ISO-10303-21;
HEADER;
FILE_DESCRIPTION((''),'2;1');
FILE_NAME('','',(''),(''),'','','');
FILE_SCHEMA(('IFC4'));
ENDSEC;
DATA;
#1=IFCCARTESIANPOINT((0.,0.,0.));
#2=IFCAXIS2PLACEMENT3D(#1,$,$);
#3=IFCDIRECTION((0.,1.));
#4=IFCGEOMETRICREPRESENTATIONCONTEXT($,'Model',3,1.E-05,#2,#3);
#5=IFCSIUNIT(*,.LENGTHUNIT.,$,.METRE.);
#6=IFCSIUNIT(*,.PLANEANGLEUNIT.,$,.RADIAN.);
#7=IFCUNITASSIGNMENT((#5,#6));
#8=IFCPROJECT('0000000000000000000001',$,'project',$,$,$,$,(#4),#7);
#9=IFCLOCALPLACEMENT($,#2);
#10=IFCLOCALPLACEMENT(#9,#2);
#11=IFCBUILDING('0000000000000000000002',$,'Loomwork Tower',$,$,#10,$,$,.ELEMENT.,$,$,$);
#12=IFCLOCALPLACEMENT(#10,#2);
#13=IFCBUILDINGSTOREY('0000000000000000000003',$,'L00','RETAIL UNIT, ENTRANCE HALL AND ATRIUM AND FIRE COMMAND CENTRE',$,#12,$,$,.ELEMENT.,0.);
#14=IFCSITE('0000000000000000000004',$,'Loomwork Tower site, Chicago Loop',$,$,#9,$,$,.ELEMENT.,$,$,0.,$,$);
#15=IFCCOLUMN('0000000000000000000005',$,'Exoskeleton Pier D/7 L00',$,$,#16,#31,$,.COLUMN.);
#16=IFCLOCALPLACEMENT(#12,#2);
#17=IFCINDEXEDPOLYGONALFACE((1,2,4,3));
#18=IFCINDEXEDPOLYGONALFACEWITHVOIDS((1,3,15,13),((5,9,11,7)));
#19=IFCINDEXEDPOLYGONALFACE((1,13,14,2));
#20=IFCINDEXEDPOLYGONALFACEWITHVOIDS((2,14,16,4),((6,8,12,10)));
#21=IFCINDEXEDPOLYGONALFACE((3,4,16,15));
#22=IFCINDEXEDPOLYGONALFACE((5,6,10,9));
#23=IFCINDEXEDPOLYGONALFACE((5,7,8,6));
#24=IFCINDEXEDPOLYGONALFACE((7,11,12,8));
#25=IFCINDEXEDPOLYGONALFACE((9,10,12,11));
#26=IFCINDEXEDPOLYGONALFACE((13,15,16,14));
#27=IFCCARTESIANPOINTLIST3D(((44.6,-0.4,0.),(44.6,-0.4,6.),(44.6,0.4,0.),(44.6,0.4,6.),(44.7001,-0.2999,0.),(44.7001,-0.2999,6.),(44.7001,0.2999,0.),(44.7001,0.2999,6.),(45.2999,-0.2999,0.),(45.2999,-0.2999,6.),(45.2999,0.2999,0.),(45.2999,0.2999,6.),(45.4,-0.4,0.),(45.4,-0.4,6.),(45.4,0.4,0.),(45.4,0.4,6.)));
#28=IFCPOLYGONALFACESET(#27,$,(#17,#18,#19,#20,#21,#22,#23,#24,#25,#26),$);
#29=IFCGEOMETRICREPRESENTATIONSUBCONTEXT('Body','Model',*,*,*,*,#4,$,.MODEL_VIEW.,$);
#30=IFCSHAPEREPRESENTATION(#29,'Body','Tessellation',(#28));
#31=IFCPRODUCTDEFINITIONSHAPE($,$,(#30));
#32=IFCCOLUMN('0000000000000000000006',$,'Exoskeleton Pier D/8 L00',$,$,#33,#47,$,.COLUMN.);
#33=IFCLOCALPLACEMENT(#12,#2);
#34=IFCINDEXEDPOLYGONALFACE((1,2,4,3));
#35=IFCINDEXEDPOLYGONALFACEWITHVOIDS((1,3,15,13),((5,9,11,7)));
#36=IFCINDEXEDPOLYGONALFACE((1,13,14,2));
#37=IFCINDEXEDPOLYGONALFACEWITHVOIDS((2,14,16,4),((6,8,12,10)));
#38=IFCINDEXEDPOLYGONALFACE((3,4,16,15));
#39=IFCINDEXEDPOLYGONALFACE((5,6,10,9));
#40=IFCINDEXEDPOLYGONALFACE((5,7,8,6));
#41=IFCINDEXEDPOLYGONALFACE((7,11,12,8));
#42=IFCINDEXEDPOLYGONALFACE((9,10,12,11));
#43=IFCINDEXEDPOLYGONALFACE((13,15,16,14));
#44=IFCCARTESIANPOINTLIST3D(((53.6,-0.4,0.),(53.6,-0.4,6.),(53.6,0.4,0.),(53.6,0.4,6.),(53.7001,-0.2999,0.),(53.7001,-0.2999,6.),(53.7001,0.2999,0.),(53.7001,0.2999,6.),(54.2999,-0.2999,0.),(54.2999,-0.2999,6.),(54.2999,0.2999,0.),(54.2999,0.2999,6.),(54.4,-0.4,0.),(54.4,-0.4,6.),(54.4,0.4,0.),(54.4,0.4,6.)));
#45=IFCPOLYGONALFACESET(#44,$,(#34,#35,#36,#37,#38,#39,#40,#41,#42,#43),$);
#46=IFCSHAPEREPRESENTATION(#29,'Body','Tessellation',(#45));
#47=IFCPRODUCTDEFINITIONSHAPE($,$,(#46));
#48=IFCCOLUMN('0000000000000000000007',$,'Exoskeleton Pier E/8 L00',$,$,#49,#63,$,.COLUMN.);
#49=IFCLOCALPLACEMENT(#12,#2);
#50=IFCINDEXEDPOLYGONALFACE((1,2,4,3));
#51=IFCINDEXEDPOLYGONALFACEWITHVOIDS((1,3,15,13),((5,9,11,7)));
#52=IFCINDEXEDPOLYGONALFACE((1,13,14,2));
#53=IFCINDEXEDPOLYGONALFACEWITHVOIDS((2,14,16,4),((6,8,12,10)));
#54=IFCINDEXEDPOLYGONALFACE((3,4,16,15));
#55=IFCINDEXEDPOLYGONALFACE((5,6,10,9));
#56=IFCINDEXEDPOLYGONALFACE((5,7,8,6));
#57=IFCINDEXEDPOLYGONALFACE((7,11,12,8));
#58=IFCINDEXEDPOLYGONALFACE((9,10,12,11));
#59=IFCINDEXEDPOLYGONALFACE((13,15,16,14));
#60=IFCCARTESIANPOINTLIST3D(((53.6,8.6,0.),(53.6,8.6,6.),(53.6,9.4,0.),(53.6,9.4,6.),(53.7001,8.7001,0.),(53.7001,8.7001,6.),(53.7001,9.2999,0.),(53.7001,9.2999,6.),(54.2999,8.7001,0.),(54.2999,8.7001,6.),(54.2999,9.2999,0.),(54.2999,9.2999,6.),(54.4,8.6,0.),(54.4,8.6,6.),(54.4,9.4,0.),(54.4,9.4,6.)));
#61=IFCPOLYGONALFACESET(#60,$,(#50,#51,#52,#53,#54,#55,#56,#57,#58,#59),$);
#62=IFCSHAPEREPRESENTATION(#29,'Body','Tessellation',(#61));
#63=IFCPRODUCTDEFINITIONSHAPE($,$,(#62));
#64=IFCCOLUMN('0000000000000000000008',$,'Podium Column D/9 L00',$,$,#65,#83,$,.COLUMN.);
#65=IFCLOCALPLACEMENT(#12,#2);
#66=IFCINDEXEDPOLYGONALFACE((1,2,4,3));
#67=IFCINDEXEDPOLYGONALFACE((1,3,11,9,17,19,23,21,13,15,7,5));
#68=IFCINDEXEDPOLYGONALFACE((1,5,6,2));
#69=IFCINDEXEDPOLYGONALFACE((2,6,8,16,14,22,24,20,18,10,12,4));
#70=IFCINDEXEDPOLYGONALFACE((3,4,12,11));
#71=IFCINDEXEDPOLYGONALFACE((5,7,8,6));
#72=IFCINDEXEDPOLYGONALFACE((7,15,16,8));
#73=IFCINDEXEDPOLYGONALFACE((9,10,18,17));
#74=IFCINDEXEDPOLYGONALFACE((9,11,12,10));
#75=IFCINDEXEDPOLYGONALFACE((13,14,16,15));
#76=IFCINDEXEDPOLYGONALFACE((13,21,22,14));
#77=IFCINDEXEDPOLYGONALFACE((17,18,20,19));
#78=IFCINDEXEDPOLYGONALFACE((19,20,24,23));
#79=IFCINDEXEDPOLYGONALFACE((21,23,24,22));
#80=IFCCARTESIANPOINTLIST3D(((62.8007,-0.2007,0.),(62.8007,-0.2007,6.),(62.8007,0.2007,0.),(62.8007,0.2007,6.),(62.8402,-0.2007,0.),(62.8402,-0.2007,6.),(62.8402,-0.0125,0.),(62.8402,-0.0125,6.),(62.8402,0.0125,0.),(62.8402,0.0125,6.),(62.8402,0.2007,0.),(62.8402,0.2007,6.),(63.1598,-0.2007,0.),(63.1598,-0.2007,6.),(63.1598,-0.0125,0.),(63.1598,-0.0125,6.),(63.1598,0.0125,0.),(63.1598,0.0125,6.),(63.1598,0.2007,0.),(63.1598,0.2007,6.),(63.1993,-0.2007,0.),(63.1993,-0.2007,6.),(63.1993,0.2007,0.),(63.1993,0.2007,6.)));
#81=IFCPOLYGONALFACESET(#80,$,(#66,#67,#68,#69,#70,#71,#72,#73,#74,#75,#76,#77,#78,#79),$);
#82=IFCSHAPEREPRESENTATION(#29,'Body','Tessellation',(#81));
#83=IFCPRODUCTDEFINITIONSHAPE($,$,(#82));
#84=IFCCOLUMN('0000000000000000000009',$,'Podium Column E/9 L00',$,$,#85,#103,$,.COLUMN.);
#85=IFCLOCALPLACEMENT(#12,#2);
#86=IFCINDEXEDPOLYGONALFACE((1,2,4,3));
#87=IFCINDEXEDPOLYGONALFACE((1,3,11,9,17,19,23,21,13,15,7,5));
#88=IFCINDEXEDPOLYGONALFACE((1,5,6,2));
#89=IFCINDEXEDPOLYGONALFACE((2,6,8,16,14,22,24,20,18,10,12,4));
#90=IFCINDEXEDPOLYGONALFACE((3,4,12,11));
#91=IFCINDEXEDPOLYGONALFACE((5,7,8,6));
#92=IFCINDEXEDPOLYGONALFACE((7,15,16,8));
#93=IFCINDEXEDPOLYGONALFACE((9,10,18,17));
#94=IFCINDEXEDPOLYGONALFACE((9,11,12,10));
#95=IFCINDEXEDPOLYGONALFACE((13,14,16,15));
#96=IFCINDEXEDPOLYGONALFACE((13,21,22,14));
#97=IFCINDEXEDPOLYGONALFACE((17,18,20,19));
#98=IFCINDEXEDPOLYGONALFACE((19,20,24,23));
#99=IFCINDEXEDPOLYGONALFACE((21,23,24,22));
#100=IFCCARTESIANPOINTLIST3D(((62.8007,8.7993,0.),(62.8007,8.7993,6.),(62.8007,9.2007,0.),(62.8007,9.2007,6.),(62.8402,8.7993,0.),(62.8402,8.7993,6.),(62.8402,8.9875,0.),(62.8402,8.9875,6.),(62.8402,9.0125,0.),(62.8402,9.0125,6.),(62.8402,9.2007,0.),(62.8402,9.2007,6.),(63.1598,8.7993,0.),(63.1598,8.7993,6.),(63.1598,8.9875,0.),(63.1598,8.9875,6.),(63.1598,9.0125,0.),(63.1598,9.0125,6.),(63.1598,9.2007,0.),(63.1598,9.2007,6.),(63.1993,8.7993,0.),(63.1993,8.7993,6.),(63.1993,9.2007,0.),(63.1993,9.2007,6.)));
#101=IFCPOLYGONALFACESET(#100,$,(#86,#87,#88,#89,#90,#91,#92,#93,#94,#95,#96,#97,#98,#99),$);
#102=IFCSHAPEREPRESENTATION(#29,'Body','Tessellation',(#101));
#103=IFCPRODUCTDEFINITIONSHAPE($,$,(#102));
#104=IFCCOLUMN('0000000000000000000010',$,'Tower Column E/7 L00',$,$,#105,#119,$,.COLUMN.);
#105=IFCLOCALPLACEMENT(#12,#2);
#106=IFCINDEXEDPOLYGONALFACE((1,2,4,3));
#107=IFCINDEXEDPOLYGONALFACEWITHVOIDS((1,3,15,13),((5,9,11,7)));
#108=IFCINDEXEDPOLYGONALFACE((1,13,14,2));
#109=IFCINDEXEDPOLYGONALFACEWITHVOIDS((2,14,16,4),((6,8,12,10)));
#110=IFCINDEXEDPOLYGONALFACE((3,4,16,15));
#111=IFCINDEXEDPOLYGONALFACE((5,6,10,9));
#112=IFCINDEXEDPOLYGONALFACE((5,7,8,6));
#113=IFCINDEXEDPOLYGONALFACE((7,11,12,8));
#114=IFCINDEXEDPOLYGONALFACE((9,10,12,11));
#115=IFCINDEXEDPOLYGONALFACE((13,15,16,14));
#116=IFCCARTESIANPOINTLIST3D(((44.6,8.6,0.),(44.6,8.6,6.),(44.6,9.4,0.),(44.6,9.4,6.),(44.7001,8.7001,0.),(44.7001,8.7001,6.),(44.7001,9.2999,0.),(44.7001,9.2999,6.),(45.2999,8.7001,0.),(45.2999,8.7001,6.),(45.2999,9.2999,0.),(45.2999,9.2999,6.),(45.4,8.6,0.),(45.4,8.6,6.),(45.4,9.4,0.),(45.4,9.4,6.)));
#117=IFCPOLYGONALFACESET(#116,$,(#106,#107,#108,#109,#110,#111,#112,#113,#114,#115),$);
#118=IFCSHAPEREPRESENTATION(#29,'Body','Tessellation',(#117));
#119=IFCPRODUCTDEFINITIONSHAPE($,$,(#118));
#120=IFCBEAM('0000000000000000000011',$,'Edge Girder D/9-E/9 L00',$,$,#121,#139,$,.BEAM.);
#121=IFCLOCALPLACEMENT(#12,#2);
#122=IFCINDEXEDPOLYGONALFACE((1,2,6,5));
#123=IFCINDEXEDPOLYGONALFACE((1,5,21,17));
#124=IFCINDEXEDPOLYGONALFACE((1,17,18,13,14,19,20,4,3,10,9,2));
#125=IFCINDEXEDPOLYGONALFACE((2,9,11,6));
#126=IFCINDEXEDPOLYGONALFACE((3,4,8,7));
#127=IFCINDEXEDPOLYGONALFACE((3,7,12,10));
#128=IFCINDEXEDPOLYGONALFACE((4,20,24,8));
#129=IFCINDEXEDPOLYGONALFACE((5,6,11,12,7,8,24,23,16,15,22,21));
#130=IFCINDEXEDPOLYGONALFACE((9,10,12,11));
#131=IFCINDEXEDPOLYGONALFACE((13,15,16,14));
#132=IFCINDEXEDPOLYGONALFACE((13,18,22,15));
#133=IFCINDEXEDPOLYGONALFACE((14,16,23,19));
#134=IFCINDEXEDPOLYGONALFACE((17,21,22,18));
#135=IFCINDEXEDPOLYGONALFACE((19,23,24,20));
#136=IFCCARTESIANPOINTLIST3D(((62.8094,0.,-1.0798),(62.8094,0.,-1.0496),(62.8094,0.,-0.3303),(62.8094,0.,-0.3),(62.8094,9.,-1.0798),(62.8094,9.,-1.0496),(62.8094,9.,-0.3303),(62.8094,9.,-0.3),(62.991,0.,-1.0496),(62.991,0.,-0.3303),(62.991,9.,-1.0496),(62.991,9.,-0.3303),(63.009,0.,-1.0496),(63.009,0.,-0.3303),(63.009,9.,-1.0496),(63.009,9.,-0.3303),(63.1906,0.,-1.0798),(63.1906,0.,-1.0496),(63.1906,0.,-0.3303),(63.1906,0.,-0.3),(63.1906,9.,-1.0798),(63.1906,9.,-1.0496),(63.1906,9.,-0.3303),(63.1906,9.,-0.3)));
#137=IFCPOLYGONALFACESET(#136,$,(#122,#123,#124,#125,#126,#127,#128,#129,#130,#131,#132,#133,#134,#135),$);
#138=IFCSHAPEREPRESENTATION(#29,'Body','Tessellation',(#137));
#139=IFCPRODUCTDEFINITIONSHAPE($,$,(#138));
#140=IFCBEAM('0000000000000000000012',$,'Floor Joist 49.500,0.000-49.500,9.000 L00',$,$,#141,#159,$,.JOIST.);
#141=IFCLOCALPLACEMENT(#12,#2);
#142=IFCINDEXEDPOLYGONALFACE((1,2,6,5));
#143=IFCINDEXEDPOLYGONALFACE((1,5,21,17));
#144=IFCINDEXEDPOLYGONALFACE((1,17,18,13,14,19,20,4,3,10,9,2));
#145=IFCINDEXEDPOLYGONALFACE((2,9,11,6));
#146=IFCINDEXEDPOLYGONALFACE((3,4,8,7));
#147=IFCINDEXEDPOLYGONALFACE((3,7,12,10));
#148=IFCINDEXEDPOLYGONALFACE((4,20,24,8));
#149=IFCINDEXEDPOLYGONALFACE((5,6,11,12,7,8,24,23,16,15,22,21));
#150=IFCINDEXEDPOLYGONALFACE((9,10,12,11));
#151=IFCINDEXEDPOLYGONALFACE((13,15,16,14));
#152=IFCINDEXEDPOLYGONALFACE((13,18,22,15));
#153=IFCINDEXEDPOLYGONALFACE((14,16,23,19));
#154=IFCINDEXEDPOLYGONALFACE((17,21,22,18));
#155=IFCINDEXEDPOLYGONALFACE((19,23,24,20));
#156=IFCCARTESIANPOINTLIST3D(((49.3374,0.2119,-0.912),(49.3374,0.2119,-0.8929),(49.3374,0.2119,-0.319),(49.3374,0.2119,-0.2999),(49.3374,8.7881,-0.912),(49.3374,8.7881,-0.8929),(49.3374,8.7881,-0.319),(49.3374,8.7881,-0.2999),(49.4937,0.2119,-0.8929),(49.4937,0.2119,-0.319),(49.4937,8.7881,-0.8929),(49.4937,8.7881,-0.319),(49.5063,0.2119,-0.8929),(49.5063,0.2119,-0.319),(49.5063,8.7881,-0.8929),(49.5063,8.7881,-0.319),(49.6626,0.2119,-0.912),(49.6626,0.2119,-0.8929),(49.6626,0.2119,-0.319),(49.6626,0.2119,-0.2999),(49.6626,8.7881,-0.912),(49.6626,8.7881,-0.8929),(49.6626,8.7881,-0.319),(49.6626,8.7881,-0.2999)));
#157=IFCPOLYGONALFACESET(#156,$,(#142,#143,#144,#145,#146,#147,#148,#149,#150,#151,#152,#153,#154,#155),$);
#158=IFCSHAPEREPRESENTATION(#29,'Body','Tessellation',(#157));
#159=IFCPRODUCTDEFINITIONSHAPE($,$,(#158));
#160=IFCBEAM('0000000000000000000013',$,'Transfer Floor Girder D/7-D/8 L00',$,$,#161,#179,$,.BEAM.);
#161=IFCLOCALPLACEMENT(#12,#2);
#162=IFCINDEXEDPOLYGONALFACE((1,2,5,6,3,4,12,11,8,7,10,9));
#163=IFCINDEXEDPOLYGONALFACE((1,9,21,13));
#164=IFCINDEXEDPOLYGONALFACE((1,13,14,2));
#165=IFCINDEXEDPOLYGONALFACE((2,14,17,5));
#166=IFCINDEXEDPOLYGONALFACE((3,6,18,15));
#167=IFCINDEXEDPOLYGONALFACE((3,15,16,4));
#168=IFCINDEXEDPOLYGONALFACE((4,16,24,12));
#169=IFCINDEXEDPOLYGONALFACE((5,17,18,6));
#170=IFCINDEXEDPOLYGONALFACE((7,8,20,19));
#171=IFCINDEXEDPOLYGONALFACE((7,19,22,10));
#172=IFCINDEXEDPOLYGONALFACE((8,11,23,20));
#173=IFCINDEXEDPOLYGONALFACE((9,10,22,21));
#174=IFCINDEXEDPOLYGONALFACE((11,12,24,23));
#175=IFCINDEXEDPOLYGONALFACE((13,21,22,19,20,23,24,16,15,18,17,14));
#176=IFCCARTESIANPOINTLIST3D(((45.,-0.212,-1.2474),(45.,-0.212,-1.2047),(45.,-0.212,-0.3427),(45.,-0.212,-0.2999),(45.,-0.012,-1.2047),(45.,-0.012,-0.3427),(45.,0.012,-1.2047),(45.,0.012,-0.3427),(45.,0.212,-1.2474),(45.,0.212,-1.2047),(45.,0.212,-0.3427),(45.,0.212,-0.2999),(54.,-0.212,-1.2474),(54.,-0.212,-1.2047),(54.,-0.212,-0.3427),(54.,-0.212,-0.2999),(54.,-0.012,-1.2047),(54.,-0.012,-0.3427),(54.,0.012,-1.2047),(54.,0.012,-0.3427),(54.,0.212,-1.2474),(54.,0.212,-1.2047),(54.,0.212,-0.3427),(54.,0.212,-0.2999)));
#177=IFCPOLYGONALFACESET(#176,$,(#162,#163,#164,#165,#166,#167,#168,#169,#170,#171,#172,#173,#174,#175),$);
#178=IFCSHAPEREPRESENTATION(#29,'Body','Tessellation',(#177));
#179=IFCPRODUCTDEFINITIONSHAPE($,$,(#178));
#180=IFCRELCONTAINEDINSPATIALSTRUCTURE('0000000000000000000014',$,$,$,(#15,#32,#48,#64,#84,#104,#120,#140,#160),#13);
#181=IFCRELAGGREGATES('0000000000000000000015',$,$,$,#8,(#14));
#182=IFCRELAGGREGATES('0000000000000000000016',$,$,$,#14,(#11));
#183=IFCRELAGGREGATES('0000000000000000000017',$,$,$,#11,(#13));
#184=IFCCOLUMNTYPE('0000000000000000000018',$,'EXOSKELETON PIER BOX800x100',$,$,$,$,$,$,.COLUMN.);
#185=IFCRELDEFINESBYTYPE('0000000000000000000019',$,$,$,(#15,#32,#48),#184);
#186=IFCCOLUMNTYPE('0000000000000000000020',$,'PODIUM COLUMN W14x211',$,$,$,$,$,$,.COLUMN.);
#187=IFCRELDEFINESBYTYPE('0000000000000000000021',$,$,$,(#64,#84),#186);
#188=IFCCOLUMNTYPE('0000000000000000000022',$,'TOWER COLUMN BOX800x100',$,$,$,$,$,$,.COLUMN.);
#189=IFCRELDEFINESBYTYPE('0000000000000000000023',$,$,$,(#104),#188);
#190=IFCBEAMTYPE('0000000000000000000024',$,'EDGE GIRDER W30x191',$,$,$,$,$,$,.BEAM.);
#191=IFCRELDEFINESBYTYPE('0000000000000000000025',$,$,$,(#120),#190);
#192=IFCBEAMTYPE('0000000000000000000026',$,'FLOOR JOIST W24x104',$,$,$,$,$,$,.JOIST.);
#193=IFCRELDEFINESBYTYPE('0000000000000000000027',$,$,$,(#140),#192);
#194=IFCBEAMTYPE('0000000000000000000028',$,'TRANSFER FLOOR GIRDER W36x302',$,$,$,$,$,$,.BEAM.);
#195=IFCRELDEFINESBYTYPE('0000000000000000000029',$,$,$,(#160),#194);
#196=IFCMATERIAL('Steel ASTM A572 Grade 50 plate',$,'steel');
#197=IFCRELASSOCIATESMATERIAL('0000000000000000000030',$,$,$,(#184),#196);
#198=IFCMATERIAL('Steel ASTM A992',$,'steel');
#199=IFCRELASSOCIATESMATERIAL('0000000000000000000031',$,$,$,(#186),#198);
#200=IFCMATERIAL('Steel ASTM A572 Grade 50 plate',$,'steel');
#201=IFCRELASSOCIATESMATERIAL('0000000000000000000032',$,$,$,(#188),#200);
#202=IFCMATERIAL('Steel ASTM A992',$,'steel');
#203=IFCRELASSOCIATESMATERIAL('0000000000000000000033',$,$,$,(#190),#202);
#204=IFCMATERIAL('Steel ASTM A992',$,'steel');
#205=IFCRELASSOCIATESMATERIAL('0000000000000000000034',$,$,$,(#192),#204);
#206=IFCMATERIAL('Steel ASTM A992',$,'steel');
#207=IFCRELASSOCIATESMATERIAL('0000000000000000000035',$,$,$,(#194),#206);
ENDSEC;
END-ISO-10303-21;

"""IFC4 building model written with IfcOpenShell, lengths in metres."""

from ifc_helpers import new_model, si_unit, direction, frame, origin, origin_2d, place, context, subcontext, project, spatial, hollow_rectangle, i_section, extrude, material, material_profile, profile_set, type_object, element, save


model = new_model("IFC4")

# Units and contexts
model_context = context("Model", 3, precision=1e-05, world=origin(), true_north=direction((0.0, 1.0)))
body_context = subcontext(model_context, "Body", "Model", "MODEL_VIEW")
ifc_project = project(units=[si_unit("LENGTHUNIT", "METRE"), si_unit("PLANEANGLEUNIT", "RADIAN")], contexts=[model_context])

# Site, building, storey
site_placement = place(None, origin())
site = spatial("IfcSite", under=ifc_project, at=site_placement, Name="Loomwork Tower site, Chicago Loop", CompositionType="ELEMENT", RefElevation=0.0)
building_placement = place(site_placement, origin())
building = spatial("IfcBuilding", under=site, at=building_placement, Name="Loomwork Tower", CompositionType="ELEMENT")
storey_placement = place(building_placement, origin())
storey = spatial("IfcBuildingStorey", under=building, at=storey_placement, Name="L00", Description="RETAIL UNIT, ENTRANCE HALL AND ATRIUM AND FIRE COMMAND CENTRE", CompositionType="ELEMENT", Elevation=0.0)

# Columns
ifc_material_1 = material(Name="Steel ASTM A572 Grade 50 plate", Category="steel")
ifc_material_profile_1 = material_profile(ifc_material_1, hollow_rectangle(XDim=0.8, YDim=0.8, WallThickness=0.1001, at=origin_2d()), Name="BOX800x100")
ifc_profile_set_1 = profile_set([ifc_material_profile_1], Name="Steel ASTM A572 Grade 50 plate")
column_type_1 = type_object("IfcColumnType", Name="EXOSKELETON PIER BOX800x100", PredefinedType="COLUMN", material=ifc_profile_set_1)
for number, where, z_axis, x_axis, name in (
    (1, (45.0, 0.0, 0.0), (0.0, 0.0, 1.0), (1.0, 0.0, 0.0), "Exoskeleton Pier D/7 L00"),
    (2, (54.0, 0.0, 0.0), (0.0, 0.0, 1.0), (1.0, 0.0, 0.0), "Exoskeleton Pier D/8 L00"),
    (3, (54.0, 9.0, 0.0), (0.0, 0.0, 1.0), (0.0, 1.0, 0.0), "Exoskeleton Pier E/8 L00"),
):
    element("IfcColumn", number, at=place(storey_placement, frame(where, z_axis=z_axis, x_axis=x_axis)), inside=storey, type_object=column_type_1, Name=name, PredefinedType="COLUMN", context=body_context, shape_type="SweptSolid", body=[
        extrude(hollow_rectangle(XDim=0.8, YDim=0.8, WallThickness=0.1001, at=origin_2d()), origin(), (0.0, 0.0, 1.0), 6.0),
    ])
ifc_material_2 = material(Name="Steel ASTM A992", Category="steel")
ifc_material_profile_2 = material_profile(ifc_material_2, i_section(OverallWidth=0.4014, OverallDepth=0.3987, WebThickness=0.0249, FlangeThickness=0.0396, at=origin_2d()), Name="W14x211")
ifc_profile_set_2 = profile_set([ifc_material_profile_2], Name="Steel ASTM A992")
column_type_2 = type_object("IfcColumnType", Name="PODIUM COLUMN W14x211", PredefinedType="COLUMN", material=ifc_profile_set_2)
for number, where, z_axis, x_axis, name in (
    (4, (63.0, 0.0, 0.0), (0.0, 0.0, 1.0), (0.0, 1.0, 0.0), "Podium Column D/9 L00"),
    (5, (63.0, 9.0, 0.0), (0.0, 0.0, 1.0), (0.0, 1.0, 0.0), "Podium Column E/9 L00"),
):
    element("IfcColumn", number, at=place(storey_placement, frame(where, z_axis=z_axis, x_axis=x_axis)), inside=storey, type_object=column_type_2, Name=name, PredefinedType="COLUMN", context=body_context, shape_type="SweptSolid", body=[
        extrude(i_section(OverallWidth=0.4014, OverallDepth=0.3987, WebThickness=0.0249, FlangeThickness=0.0396, at=origin_2d()), origin(), (0.0, 0.0, 1.0), 6.0),
    ])
ifc_material_3 = material(Name="Steel ASTM A572 Grade 50 plate", Category="steel")
ifc_material_profile_3 = material_profile(ifc_material_3, hollow_rectangle(XDim=0.8, YDim=0.8, WallThickness=0.1001, at=origin_2d()), Name="BOX800x100")
ifc_profile_set_3 = profile_set([ifc_material_profile_3], Name="Steel ASTM A572 Grade 50 plate")
column_type_3 = type_object("IfcColumnType", Name="TOWER COLUMN BOX800x100", PredefinedType="COLUMN", material=ifc_profile_set_3)
column_placement = place(storey_placement, frame((45.0, 9.0, 0.0), z_axis=(0.0, 0.0, 1.0), x_axis=(0.0, 1.0, 0.0)))
element("IfcColumn", 6, at=column_placement, inside=storey, type_object=column_type_3, Name="Tower Column E/7 L00", PredefinedType="COLUMN", context=body_context, shape_type="SweptSolid", body=[
    extrude(hollow_rectangle(XDim=0.8, YDim=0.8, WallThickness=0.1001, at=origin_2d()), origin(), (0.0, 0.0, 1.0), 6.0),
])

# Beams
ifc_material_4 = material(Name="Steel ASTM A992", Category="steel")
ifc_material_profile_4 = material_profile(ifc_material_4, i_section(OverallWidth=0.3811, OverallDepth=0.7798, WebThickness=0.0181, FlangeThickness=0.0303, at=origin_2d()), Name="W30x191")
ifc_profile_set_4 = profile_set([ifc_material_profile_4], Name="Steel ASTM A992")
beam_type_1 = type_object("IfcBeamType", Name="EDGE GIRDER W30x191", PredefinedType="BEAM", material=ifc_profile_set_4)
beam_1_placement = place(storey_placement, frame((63.0, 0.0, -0.6899), z_axis=(0.0, 1.0, 0.0), x_axis=(-1.0, 0.0, 0.0)))
element("IfcBeam", 7, at=beam_1_placement, inside=storey, type_object=beam_type_1, Name="Edge Girder D/9-E/9 L00", PredefinedType="BEAM", context=body_context, shape_type="SweptSolid", body=[
    extrude(i_section(OverallWidth=0.3811, OverallDepth=0.7798, WebThickness=0.0181, FlangeThickness=0.0303, at=origin_2d()), origin(), (0.0, 0.0, 1.0), 9.0),
])
ifc_material_5 = material(Name="Steel ASTM A992", Category="steel")
ifc_material_profile_5 = material_profile(ifc_material_5, i_section(OverallWidth=0.3252, OverallDepth=0.6121, WebThickness=0.0127, FlangeThickness=0.019, at=origin_2d()), Name="W24x104")
ifc_profile_set_5 = profile_set([ifc_material_profile_5], Name="Steel ASTM A992")
beam_type_2 = type_object("IfcBeamType", Name="FLOOR JOIST W24x104", PredefinedType="JOIST", material=ifc_profile_set_5)
beam_2_placement = place(storey_placement, frame((49.5, 0.2119, -0.606), z_axis=(0.0, 1.0, 0.0), x_axis=(-1.0, 0.0, 0.0)))
element("IfcBeam", 8, at=beam_2_placement, inside=storey, type_object=beam_type_2, Name="Floor Joist 49.500,0.000-49.500,9.000 L00", PredefinedType="JOIST", context=body_context, shape_type="SweptSolid", body=[
    extrude(i_section(OverallWidth=0.3252, OverallDepth=0.6121, WebThickness=0.0127, FlangeThickness=0.019, at=origin_2d()), origin(), (0.0, 0.0, 1.0), 8.5762),
])
ifc_material_6 = material(Name="Steel ASTM A992", Category="steel")
ifc_material_profile_6 = material_profile(ifc_material_6, i_section(OverallWidth=0.4241, OverallDepth=0.9475, WebThickness=0.0239, FlangeThickness=0.0427, at=origin_2d()), Name="W36x302")
ifc_profile_set_6 = profile_set([ifc_material_profile_6], Name="Steel ASTM A992")
beam_type_3 = type_object("IfcBeamType", Name="TRANSFER FLOOR GIRDER W36x302", PredefinedType="BEAM", material=ifc_profile_set_6)
for number, where, z_axis, x_axis, name in (
    (9, (45.0, 0.0, -0.7737), (1.0, 0.0, 0.0), (0.0, 1.0, 0.0), "Transfer Floor Girder D/7-D/8 L00"),
):
    element("IfcBeam", number, at=place(storey_placement, frame(where, z_axis=z_axis, x_axis=x_axis)), inside=storey, type_object=beam_type_3, Name=name, PredefinedType="BEAM", context=body_context, shape_type="SweptSolid", body=[
        extrude(i_section(OverallWidth=0.4241, OverallDepth=0.9475, WebThickness=0.0239, FlangeThickness=0.0427, at=origin_2d()), origin(), (0.0, 0.0, 1.0), 9.0),
    ])

save(model, "model.ifc")
